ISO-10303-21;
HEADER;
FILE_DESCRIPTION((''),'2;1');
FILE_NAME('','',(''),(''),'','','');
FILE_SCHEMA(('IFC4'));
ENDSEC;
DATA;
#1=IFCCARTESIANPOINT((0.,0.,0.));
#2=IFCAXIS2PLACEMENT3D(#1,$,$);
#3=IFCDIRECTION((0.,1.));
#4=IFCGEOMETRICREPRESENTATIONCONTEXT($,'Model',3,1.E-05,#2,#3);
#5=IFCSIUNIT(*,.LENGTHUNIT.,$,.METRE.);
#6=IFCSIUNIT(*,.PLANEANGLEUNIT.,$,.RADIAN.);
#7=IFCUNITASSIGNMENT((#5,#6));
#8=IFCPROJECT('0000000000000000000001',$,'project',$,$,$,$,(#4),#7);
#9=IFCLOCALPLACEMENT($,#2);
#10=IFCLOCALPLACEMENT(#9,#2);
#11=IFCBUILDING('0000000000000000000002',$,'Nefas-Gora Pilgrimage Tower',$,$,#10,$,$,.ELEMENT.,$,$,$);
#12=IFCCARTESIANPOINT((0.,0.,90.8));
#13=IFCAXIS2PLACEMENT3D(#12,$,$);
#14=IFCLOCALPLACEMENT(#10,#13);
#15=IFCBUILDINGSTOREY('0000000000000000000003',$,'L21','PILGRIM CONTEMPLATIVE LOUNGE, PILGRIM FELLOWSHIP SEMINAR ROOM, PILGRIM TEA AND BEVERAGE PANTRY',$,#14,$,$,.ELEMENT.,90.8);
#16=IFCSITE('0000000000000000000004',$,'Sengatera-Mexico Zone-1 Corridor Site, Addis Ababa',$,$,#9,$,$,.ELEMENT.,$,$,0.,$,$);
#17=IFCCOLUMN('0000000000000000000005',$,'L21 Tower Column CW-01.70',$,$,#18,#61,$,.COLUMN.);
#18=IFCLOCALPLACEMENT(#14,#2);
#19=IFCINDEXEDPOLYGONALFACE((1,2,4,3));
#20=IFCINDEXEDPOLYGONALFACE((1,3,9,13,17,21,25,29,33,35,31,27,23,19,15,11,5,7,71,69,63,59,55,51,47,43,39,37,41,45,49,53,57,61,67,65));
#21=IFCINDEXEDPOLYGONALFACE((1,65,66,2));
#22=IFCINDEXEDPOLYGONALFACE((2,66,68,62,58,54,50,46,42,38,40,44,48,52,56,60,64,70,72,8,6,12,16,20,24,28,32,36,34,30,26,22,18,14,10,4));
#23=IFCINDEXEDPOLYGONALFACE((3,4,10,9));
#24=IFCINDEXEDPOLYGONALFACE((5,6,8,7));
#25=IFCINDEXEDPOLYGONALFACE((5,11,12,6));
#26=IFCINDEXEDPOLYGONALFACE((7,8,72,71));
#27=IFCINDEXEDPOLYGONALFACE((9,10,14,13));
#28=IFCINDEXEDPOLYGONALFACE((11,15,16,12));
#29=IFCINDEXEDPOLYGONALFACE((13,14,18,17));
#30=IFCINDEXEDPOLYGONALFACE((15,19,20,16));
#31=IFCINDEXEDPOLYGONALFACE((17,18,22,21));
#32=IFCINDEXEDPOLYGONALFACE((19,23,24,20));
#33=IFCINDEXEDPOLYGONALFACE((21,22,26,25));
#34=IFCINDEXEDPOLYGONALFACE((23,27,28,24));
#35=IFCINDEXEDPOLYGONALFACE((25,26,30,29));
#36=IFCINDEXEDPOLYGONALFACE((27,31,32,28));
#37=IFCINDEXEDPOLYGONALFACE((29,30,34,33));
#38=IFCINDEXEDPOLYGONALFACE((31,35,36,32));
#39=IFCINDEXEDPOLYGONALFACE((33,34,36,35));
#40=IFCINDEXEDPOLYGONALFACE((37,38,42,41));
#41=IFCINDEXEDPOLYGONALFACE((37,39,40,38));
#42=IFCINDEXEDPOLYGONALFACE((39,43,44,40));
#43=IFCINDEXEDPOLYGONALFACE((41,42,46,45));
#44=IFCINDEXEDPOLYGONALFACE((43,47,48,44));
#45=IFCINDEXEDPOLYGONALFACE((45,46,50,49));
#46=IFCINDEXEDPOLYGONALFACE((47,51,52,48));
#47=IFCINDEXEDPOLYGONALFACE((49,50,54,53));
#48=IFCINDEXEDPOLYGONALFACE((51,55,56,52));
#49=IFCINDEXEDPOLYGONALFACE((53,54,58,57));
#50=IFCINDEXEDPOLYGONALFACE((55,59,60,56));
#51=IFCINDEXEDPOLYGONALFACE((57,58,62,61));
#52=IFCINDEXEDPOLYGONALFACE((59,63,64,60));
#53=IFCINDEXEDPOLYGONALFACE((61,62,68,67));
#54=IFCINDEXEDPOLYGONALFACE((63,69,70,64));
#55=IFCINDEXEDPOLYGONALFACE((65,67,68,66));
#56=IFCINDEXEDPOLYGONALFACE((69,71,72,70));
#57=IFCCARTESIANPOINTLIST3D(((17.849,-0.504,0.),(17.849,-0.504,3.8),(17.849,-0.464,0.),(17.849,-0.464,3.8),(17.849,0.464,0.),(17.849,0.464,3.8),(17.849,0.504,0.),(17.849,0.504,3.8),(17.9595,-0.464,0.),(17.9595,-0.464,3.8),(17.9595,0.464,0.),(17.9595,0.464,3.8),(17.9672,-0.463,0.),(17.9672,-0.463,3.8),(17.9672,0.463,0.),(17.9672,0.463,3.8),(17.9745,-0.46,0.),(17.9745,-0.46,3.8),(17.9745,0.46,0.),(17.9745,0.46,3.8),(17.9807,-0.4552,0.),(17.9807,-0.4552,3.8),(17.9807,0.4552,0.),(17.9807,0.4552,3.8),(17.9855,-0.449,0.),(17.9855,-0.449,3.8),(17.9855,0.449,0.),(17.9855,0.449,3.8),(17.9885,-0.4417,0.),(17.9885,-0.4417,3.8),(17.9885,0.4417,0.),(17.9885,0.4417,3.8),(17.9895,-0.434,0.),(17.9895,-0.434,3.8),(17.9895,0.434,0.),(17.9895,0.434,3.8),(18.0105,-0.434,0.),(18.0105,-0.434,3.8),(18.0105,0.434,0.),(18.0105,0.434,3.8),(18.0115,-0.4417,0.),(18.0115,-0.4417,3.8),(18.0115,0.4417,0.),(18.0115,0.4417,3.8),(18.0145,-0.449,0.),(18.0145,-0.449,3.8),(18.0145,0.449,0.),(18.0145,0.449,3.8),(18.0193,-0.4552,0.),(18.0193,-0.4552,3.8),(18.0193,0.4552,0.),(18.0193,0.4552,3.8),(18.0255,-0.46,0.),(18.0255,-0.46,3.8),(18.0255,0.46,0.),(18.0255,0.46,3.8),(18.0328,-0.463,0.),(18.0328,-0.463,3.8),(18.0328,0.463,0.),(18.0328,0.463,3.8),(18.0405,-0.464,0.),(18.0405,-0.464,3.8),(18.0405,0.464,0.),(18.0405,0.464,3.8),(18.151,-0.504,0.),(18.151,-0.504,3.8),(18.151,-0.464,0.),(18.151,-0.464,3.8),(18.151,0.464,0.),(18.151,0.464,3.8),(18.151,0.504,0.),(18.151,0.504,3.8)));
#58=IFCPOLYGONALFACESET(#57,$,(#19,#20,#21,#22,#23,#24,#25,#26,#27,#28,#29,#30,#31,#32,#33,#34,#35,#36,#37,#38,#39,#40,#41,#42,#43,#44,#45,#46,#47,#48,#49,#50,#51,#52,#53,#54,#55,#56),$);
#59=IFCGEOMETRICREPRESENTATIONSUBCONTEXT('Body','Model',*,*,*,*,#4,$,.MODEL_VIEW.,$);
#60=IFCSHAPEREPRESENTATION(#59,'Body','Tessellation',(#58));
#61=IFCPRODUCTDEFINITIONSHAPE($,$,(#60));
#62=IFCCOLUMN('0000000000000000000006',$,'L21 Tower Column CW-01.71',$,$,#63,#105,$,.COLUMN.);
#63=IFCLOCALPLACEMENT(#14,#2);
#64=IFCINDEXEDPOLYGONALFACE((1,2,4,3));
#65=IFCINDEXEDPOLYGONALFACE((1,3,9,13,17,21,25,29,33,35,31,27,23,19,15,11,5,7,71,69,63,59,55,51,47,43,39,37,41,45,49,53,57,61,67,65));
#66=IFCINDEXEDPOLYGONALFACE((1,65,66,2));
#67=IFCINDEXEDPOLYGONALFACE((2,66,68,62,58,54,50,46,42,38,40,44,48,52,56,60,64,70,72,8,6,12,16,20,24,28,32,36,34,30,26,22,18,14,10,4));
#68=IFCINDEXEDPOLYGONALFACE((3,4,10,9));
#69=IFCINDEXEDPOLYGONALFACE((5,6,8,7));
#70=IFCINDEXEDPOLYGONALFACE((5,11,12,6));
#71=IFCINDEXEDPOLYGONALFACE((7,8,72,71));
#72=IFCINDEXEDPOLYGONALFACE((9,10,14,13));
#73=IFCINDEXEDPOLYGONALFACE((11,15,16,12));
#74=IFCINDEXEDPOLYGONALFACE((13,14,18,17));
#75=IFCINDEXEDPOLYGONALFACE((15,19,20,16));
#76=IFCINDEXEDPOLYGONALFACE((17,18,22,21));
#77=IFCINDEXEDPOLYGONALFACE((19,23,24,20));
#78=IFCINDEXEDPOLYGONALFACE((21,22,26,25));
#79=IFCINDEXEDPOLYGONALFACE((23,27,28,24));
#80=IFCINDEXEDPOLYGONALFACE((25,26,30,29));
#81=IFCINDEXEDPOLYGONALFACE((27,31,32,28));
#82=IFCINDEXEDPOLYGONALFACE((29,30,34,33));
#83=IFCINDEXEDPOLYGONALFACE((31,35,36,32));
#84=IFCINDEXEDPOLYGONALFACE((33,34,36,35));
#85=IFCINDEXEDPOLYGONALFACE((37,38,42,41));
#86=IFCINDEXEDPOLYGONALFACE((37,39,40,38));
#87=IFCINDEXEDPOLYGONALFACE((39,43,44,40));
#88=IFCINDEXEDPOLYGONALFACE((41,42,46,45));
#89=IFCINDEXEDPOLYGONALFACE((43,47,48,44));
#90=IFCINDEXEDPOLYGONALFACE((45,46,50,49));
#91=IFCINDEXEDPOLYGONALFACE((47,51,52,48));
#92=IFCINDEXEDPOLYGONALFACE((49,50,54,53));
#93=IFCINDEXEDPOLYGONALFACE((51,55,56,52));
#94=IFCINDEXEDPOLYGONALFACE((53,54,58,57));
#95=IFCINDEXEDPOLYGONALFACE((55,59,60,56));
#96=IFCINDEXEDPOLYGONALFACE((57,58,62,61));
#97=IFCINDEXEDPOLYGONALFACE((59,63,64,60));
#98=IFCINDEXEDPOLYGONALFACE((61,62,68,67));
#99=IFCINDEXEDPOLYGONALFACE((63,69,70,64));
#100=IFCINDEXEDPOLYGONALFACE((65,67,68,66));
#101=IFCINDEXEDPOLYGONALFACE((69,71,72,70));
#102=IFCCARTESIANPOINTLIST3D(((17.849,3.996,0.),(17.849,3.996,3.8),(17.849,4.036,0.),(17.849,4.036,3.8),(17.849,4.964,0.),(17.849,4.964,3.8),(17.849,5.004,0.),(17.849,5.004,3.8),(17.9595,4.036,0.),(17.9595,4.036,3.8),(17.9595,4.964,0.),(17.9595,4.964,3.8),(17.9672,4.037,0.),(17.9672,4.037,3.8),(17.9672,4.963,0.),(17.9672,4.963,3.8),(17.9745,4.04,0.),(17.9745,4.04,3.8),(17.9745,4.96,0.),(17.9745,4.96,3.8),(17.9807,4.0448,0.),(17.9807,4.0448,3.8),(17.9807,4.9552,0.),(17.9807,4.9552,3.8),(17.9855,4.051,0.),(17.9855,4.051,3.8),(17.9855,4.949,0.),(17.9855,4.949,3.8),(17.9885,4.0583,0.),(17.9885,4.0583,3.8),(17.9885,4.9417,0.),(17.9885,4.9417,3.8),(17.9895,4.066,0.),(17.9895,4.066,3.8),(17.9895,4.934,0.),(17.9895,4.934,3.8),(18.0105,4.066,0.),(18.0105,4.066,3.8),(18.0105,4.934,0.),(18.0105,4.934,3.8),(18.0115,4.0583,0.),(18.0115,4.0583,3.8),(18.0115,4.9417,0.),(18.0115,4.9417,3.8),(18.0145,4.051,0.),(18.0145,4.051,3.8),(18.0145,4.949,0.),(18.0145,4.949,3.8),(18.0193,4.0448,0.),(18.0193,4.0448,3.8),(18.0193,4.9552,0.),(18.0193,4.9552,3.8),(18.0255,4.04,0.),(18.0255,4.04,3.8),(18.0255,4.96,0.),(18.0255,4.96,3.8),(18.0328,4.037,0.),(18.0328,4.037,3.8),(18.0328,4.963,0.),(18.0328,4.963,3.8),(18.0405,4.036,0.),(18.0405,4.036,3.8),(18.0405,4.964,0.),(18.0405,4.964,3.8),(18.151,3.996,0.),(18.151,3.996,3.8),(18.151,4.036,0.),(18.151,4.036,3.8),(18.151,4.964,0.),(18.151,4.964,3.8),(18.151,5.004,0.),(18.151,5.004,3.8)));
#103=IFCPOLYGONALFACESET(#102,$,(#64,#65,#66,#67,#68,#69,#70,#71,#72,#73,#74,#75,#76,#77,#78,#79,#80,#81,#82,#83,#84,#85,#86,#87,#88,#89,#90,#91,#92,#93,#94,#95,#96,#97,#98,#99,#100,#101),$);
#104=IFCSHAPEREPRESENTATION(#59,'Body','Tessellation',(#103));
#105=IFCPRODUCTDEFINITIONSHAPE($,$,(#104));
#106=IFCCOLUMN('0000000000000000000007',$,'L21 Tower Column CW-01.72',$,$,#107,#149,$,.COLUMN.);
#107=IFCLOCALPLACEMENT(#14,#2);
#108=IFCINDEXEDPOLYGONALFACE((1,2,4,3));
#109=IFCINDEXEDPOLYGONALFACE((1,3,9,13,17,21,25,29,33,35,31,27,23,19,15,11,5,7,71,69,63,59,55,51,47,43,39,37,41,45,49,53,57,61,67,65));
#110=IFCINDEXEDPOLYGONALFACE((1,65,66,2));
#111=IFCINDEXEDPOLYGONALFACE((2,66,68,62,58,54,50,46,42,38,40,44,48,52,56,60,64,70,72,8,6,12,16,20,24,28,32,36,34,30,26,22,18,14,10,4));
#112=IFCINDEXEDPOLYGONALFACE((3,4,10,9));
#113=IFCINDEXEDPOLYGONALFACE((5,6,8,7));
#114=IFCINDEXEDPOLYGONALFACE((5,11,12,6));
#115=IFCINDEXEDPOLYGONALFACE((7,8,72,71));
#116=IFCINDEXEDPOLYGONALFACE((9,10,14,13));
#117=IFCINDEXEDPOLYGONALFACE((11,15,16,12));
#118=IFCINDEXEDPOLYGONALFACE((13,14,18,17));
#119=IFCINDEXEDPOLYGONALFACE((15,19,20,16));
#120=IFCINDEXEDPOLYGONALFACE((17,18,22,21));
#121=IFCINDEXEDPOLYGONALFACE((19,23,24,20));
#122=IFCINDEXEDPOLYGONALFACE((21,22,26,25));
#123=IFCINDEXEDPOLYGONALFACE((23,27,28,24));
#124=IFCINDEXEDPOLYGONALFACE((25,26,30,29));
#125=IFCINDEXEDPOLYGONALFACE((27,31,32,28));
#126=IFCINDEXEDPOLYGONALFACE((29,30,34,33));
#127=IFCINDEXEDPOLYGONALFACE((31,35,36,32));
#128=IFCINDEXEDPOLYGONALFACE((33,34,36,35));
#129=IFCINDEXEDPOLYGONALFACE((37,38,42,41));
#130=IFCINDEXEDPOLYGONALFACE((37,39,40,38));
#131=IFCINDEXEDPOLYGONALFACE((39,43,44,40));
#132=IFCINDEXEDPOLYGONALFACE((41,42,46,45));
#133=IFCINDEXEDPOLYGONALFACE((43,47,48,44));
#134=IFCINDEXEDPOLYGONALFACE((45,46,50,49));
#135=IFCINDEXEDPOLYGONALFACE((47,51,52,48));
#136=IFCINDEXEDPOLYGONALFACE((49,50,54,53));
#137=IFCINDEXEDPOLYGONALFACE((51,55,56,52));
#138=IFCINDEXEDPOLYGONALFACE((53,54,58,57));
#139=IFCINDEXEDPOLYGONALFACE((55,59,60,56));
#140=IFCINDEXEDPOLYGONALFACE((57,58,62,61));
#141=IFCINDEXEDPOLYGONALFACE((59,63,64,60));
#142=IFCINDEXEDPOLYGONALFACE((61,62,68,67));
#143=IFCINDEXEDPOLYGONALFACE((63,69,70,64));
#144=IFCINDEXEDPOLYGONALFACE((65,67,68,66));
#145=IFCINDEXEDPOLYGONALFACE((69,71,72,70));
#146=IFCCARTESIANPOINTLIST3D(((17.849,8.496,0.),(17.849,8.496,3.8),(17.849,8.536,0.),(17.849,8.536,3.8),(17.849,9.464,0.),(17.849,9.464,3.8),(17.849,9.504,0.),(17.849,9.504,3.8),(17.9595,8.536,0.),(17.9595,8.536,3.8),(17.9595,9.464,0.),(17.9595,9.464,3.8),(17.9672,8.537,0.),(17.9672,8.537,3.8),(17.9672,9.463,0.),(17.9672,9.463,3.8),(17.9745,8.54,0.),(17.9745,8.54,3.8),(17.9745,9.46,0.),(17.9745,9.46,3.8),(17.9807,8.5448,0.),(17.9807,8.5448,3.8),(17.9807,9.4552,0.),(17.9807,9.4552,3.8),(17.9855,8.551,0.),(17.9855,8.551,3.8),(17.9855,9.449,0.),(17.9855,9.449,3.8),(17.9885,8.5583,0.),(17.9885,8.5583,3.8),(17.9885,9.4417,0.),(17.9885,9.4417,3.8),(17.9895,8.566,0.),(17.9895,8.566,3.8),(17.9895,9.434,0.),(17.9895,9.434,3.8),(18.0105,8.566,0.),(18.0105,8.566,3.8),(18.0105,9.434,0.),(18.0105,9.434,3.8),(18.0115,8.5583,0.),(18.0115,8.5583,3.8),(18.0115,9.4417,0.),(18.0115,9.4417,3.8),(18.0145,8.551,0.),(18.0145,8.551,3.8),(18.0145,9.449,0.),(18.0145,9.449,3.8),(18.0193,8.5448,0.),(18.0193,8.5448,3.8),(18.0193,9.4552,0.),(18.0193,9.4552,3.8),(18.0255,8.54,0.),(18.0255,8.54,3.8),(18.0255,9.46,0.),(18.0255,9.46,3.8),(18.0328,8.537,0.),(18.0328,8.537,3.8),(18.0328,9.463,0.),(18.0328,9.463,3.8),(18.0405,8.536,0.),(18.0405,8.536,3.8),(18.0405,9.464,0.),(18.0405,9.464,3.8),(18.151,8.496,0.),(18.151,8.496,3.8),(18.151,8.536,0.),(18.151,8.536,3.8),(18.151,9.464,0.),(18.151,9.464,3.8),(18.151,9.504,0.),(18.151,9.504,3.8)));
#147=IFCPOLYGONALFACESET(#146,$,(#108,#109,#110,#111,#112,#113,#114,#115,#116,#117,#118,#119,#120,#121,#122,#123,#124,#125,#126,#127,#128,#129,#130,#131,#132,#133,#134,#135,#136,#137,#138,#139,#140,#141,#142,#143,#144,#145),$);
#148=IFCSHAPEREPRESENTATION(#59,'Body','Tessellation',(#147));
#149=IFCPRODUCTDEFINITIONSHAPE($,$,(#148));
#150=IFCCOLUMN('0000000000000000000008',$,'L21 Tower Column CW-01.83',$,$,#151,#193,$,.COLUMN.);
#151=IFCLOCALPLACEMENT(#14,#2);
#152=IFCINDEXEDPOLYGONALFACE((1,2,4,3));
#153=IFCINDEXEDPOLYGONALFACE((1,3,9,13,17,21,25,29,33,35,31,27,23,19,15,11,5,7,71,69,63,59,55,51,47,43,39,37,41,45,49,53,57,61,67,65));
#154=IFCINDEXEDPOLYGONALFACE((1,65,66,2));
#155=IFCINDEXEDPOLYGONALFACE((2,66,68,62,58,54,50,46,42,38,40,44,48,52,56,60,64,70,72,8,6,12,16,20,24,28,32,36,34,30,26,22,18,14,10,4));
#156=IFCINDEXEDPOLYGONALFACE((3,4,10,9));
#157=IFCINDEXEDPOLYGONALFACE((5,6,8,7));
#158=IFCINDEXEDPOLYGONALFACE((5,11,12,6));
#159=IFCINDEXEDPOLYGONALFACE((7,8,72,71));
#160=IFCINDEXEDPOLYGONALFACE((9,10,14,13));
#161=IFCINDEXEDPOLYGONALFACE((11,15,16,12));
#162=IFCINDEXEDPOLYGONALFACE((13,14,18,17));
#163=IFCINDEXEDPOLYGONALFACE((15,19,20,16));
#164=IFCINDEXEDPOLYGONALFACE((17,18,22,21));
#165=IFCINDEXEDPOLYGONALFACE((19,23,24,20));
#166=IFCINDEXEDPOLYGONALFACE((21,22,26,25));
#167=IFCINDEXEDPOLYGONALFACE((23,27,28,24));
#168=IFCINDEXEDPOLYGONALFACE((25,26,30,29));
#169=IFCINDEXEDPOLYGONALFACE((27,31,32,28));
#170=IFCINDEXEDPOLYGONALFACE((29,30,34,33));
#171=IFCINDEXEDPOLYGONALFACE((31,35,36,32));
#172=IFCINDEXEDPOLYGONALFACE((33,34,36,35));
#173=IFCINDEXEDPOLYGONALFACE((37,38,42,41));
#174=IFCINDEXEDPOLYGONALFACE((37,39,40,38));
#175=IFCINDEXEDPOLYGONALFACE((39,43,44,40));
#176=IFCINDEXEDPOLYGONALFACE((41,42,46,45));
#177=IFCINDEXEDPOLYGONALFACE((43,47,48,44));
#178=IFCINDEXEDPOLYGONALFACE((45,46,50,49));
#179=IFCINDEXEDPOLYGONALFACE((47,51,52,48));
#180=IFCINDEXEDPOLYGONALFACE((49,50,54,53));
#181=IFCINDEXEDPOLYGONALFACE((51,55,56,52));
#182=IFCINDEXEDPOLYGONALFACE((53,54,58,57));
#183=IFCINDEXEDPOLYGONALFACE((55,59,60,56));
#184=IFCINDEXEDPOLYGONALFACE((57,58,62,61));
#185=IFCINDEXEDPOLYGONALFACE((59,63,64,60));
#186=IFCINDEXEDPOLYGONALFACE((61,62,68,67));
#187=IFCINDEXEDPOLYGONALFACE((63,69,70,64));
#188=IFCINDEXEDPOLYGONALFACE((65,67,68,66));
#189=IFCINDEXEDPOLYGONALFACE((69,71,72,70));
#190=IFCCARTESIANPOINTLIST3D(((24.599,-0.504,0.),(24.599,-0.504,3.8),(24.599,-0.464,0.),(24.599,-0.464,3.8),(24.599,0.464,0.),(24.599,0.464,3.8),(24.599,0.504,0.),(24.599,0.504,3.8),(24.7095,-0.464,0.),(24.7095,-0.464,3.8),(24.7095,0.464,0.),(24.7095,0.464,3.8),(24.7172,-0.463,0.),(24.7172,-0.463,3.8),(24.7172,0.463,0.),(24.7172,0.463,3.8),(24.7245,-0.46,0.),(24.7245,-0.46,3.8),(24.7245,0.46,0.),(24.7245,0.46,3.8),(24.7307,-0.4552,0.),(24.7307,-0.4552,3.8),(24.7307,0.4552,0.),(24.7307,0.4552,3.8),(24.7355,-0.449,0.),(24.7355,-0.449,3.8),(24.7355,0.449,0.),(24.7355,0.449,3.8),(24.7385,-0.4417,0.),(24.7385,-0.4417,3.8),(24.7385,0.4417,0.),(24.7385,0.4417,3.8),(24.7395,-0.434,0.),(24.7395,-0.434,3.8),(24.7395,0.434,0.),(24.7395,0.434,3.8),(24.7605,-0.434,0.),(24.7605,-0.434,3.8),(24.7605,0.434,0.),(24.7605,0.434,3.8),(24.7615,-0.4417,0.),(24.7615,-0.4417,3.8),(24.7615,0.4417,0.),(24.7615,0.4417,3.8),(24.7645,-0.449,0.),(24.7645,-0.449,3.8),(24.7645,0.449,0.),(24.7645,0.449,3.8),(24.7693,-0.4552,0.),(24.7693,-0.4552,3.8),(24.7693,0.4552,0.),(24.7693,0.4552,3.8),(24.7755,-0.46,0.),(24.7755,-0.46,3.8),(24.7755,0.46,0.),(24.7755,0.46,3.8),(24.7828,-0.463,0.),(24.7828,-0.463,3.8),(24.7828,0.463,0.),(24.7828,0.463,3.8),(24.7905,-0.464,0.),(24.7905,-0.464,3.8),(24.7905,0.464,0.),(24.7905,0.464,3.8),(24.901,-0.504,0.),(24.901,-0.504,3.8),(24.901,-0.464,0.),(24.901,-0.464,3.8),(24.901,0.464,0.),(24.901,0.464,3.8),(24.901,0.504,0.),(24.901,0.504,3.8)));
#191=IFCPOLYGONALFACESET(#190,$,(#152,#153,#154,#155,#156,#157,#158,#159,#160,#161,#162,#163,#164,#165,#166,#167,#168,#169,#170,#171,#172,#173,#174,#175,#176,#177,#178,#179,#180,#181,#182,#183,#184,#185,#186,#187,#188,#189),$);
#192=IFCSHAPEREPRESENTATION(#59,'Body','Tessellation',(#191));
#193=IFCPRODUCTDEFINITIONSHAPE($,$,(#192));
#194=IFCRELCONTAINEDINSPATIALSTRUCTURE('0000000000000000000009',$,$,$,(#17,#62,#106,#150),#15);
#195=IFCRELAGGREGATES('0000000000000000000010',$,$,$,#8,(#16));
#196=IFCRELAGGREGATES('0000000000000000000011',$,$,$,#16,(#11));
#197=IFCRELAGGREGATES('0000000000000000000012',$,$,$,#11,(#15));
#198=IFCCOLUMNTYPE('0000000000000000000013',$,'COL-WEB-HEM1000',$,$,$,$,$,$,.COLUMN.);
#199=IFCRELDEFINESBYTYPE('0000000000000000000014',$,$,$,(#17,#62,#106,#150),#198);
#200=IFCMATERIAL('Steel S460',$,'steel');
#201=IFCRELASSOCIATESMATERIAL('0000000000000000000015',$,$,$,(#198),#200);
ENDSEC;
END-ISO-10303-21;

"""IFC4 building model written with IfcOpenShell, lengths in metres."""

from ifc_helpers import new_model, si_unit, direction, frame, origin, origin_2d, place, context, subcontext, project, spatial, i_section, extrude, source, transform, mapped, material, material_profile, profile_set, type_object, element, save


model = new_model("IFC4")

# Units and contexts
model_context = context("Model", 3, precision=1e-05, world=origin(), true_north=direction((0.0, 1.0)))
body_context = subcontext(model_context, "Body", "Model", "MODEL_VIEW")
ifc_project = project(units=[si_unit("LENGTHUNIT", "METRE"), si_unit("PLANEANGLEUNIT", "RADIAN")], contexts=[model_context])

# Site, building, storey
site_placement = place(None, origin())
site = spatial("IfcSite", under=ifc_project, at=site_placement, Name="Sengatera-Mexico Zone-1 Corridor Site, Addis Ababa", CompositionType="ELEMENT", RefElevation=0.0)
building_placement = place(site_placement, origin())
building = spatial("IfcBuilding", under=site, at=building_placement, Name="Nefas-Gora Pilgrimage Tower", CompositionType="ELEMENT")
storey_placement = place(building_placement, frame((0.0, 0.0, 90.8)))
storey = spatial("IfcBuildingStorey", under=building, at=storey_placement, Name="L21", Description="PILGRIM CONTEMPLATIVE LOUNGE, PILGRIM FELLOWSHIP SEMINAR ROOM, PILGRIM TEA AND BEVERAGE PANTRY", CompositionType="ELEMENT", Elevation=90.8)

# Columns
ifc_material_1 = material(Name="Steel S460", Category="steel")
ifc_material_profile_1 = material_profile(ifc_material_1, i_section(OverallWidth=0.302, OverallDepth=1.0081, WebThickness=0.021, FlangeThickness=0.04, FilletRadius=0.03, at=origin_2d()), Name="HEM 1000")
ifc_profile_set_1 = profile_set([ifc_material_profile_1], Name="Steel S460")
column_type_1 = type_object("IfcColumnType", Name="COL-WEB-HEM1000", PredefinedType="COLUMN", material=ifc_profile_set_1)
shared_shape_1 = source(origin(), body_context, "Body", "SweptSolid", [
    extrude(i_section(OverallWidth=0.302, OverallDepth=1.0081, WebThickness=0.021, FlangeThickness=0.04, FilletRadius=0.03, at=origin_2d()), origin(), (0.0, 0.0, 1.0), 3.8),
])
for number, where, z_axis, x_axis, name in (
    (1, (18.0, 0.0, 0.0), (0.0, 0.0, 1.0), (1.0, 0.0, 0.0), "L21 Tower Column CW-01.70"),
    (2, (18.0, 4.5, 0.0), (0.0, 0.0, 1.0), (1.0, 0.0, 0.0), "L21 Tower Column CW-01.71"),
    (3, (18.0, 9.0, 0.0), (0.0, 0.0, 1.0), (1.0, 0.0, 0.0), "L21 Tower Column CW-01.72"),
    (4, (24.75, 0.0, 0.0), (0.0, 0.0, 1.0), (1.0, 0.0, 0.0), "L21 Tower Column CW-01.83"),
):
    element("IfcColumn", number, at=place(storey_placement, frame(where, z_axis=z_axis, x_axis=x_axis)), inside=storey, type_object=column_type_1, Name=name, PredefinedType="COLUMN", context=body_context, shape_type="MappedRepresentation", body=[
        mapped(shared_shape_1, transform((0.0, 0.0, 0.0), x_axis=(1.0, 0.0, 0.0), y_axis=(0.0, 1.0, 0.0), z_axis=(0.0, 0.0, 1.0), scale=1.0)),
    ])

save(model, "model.ifc")
